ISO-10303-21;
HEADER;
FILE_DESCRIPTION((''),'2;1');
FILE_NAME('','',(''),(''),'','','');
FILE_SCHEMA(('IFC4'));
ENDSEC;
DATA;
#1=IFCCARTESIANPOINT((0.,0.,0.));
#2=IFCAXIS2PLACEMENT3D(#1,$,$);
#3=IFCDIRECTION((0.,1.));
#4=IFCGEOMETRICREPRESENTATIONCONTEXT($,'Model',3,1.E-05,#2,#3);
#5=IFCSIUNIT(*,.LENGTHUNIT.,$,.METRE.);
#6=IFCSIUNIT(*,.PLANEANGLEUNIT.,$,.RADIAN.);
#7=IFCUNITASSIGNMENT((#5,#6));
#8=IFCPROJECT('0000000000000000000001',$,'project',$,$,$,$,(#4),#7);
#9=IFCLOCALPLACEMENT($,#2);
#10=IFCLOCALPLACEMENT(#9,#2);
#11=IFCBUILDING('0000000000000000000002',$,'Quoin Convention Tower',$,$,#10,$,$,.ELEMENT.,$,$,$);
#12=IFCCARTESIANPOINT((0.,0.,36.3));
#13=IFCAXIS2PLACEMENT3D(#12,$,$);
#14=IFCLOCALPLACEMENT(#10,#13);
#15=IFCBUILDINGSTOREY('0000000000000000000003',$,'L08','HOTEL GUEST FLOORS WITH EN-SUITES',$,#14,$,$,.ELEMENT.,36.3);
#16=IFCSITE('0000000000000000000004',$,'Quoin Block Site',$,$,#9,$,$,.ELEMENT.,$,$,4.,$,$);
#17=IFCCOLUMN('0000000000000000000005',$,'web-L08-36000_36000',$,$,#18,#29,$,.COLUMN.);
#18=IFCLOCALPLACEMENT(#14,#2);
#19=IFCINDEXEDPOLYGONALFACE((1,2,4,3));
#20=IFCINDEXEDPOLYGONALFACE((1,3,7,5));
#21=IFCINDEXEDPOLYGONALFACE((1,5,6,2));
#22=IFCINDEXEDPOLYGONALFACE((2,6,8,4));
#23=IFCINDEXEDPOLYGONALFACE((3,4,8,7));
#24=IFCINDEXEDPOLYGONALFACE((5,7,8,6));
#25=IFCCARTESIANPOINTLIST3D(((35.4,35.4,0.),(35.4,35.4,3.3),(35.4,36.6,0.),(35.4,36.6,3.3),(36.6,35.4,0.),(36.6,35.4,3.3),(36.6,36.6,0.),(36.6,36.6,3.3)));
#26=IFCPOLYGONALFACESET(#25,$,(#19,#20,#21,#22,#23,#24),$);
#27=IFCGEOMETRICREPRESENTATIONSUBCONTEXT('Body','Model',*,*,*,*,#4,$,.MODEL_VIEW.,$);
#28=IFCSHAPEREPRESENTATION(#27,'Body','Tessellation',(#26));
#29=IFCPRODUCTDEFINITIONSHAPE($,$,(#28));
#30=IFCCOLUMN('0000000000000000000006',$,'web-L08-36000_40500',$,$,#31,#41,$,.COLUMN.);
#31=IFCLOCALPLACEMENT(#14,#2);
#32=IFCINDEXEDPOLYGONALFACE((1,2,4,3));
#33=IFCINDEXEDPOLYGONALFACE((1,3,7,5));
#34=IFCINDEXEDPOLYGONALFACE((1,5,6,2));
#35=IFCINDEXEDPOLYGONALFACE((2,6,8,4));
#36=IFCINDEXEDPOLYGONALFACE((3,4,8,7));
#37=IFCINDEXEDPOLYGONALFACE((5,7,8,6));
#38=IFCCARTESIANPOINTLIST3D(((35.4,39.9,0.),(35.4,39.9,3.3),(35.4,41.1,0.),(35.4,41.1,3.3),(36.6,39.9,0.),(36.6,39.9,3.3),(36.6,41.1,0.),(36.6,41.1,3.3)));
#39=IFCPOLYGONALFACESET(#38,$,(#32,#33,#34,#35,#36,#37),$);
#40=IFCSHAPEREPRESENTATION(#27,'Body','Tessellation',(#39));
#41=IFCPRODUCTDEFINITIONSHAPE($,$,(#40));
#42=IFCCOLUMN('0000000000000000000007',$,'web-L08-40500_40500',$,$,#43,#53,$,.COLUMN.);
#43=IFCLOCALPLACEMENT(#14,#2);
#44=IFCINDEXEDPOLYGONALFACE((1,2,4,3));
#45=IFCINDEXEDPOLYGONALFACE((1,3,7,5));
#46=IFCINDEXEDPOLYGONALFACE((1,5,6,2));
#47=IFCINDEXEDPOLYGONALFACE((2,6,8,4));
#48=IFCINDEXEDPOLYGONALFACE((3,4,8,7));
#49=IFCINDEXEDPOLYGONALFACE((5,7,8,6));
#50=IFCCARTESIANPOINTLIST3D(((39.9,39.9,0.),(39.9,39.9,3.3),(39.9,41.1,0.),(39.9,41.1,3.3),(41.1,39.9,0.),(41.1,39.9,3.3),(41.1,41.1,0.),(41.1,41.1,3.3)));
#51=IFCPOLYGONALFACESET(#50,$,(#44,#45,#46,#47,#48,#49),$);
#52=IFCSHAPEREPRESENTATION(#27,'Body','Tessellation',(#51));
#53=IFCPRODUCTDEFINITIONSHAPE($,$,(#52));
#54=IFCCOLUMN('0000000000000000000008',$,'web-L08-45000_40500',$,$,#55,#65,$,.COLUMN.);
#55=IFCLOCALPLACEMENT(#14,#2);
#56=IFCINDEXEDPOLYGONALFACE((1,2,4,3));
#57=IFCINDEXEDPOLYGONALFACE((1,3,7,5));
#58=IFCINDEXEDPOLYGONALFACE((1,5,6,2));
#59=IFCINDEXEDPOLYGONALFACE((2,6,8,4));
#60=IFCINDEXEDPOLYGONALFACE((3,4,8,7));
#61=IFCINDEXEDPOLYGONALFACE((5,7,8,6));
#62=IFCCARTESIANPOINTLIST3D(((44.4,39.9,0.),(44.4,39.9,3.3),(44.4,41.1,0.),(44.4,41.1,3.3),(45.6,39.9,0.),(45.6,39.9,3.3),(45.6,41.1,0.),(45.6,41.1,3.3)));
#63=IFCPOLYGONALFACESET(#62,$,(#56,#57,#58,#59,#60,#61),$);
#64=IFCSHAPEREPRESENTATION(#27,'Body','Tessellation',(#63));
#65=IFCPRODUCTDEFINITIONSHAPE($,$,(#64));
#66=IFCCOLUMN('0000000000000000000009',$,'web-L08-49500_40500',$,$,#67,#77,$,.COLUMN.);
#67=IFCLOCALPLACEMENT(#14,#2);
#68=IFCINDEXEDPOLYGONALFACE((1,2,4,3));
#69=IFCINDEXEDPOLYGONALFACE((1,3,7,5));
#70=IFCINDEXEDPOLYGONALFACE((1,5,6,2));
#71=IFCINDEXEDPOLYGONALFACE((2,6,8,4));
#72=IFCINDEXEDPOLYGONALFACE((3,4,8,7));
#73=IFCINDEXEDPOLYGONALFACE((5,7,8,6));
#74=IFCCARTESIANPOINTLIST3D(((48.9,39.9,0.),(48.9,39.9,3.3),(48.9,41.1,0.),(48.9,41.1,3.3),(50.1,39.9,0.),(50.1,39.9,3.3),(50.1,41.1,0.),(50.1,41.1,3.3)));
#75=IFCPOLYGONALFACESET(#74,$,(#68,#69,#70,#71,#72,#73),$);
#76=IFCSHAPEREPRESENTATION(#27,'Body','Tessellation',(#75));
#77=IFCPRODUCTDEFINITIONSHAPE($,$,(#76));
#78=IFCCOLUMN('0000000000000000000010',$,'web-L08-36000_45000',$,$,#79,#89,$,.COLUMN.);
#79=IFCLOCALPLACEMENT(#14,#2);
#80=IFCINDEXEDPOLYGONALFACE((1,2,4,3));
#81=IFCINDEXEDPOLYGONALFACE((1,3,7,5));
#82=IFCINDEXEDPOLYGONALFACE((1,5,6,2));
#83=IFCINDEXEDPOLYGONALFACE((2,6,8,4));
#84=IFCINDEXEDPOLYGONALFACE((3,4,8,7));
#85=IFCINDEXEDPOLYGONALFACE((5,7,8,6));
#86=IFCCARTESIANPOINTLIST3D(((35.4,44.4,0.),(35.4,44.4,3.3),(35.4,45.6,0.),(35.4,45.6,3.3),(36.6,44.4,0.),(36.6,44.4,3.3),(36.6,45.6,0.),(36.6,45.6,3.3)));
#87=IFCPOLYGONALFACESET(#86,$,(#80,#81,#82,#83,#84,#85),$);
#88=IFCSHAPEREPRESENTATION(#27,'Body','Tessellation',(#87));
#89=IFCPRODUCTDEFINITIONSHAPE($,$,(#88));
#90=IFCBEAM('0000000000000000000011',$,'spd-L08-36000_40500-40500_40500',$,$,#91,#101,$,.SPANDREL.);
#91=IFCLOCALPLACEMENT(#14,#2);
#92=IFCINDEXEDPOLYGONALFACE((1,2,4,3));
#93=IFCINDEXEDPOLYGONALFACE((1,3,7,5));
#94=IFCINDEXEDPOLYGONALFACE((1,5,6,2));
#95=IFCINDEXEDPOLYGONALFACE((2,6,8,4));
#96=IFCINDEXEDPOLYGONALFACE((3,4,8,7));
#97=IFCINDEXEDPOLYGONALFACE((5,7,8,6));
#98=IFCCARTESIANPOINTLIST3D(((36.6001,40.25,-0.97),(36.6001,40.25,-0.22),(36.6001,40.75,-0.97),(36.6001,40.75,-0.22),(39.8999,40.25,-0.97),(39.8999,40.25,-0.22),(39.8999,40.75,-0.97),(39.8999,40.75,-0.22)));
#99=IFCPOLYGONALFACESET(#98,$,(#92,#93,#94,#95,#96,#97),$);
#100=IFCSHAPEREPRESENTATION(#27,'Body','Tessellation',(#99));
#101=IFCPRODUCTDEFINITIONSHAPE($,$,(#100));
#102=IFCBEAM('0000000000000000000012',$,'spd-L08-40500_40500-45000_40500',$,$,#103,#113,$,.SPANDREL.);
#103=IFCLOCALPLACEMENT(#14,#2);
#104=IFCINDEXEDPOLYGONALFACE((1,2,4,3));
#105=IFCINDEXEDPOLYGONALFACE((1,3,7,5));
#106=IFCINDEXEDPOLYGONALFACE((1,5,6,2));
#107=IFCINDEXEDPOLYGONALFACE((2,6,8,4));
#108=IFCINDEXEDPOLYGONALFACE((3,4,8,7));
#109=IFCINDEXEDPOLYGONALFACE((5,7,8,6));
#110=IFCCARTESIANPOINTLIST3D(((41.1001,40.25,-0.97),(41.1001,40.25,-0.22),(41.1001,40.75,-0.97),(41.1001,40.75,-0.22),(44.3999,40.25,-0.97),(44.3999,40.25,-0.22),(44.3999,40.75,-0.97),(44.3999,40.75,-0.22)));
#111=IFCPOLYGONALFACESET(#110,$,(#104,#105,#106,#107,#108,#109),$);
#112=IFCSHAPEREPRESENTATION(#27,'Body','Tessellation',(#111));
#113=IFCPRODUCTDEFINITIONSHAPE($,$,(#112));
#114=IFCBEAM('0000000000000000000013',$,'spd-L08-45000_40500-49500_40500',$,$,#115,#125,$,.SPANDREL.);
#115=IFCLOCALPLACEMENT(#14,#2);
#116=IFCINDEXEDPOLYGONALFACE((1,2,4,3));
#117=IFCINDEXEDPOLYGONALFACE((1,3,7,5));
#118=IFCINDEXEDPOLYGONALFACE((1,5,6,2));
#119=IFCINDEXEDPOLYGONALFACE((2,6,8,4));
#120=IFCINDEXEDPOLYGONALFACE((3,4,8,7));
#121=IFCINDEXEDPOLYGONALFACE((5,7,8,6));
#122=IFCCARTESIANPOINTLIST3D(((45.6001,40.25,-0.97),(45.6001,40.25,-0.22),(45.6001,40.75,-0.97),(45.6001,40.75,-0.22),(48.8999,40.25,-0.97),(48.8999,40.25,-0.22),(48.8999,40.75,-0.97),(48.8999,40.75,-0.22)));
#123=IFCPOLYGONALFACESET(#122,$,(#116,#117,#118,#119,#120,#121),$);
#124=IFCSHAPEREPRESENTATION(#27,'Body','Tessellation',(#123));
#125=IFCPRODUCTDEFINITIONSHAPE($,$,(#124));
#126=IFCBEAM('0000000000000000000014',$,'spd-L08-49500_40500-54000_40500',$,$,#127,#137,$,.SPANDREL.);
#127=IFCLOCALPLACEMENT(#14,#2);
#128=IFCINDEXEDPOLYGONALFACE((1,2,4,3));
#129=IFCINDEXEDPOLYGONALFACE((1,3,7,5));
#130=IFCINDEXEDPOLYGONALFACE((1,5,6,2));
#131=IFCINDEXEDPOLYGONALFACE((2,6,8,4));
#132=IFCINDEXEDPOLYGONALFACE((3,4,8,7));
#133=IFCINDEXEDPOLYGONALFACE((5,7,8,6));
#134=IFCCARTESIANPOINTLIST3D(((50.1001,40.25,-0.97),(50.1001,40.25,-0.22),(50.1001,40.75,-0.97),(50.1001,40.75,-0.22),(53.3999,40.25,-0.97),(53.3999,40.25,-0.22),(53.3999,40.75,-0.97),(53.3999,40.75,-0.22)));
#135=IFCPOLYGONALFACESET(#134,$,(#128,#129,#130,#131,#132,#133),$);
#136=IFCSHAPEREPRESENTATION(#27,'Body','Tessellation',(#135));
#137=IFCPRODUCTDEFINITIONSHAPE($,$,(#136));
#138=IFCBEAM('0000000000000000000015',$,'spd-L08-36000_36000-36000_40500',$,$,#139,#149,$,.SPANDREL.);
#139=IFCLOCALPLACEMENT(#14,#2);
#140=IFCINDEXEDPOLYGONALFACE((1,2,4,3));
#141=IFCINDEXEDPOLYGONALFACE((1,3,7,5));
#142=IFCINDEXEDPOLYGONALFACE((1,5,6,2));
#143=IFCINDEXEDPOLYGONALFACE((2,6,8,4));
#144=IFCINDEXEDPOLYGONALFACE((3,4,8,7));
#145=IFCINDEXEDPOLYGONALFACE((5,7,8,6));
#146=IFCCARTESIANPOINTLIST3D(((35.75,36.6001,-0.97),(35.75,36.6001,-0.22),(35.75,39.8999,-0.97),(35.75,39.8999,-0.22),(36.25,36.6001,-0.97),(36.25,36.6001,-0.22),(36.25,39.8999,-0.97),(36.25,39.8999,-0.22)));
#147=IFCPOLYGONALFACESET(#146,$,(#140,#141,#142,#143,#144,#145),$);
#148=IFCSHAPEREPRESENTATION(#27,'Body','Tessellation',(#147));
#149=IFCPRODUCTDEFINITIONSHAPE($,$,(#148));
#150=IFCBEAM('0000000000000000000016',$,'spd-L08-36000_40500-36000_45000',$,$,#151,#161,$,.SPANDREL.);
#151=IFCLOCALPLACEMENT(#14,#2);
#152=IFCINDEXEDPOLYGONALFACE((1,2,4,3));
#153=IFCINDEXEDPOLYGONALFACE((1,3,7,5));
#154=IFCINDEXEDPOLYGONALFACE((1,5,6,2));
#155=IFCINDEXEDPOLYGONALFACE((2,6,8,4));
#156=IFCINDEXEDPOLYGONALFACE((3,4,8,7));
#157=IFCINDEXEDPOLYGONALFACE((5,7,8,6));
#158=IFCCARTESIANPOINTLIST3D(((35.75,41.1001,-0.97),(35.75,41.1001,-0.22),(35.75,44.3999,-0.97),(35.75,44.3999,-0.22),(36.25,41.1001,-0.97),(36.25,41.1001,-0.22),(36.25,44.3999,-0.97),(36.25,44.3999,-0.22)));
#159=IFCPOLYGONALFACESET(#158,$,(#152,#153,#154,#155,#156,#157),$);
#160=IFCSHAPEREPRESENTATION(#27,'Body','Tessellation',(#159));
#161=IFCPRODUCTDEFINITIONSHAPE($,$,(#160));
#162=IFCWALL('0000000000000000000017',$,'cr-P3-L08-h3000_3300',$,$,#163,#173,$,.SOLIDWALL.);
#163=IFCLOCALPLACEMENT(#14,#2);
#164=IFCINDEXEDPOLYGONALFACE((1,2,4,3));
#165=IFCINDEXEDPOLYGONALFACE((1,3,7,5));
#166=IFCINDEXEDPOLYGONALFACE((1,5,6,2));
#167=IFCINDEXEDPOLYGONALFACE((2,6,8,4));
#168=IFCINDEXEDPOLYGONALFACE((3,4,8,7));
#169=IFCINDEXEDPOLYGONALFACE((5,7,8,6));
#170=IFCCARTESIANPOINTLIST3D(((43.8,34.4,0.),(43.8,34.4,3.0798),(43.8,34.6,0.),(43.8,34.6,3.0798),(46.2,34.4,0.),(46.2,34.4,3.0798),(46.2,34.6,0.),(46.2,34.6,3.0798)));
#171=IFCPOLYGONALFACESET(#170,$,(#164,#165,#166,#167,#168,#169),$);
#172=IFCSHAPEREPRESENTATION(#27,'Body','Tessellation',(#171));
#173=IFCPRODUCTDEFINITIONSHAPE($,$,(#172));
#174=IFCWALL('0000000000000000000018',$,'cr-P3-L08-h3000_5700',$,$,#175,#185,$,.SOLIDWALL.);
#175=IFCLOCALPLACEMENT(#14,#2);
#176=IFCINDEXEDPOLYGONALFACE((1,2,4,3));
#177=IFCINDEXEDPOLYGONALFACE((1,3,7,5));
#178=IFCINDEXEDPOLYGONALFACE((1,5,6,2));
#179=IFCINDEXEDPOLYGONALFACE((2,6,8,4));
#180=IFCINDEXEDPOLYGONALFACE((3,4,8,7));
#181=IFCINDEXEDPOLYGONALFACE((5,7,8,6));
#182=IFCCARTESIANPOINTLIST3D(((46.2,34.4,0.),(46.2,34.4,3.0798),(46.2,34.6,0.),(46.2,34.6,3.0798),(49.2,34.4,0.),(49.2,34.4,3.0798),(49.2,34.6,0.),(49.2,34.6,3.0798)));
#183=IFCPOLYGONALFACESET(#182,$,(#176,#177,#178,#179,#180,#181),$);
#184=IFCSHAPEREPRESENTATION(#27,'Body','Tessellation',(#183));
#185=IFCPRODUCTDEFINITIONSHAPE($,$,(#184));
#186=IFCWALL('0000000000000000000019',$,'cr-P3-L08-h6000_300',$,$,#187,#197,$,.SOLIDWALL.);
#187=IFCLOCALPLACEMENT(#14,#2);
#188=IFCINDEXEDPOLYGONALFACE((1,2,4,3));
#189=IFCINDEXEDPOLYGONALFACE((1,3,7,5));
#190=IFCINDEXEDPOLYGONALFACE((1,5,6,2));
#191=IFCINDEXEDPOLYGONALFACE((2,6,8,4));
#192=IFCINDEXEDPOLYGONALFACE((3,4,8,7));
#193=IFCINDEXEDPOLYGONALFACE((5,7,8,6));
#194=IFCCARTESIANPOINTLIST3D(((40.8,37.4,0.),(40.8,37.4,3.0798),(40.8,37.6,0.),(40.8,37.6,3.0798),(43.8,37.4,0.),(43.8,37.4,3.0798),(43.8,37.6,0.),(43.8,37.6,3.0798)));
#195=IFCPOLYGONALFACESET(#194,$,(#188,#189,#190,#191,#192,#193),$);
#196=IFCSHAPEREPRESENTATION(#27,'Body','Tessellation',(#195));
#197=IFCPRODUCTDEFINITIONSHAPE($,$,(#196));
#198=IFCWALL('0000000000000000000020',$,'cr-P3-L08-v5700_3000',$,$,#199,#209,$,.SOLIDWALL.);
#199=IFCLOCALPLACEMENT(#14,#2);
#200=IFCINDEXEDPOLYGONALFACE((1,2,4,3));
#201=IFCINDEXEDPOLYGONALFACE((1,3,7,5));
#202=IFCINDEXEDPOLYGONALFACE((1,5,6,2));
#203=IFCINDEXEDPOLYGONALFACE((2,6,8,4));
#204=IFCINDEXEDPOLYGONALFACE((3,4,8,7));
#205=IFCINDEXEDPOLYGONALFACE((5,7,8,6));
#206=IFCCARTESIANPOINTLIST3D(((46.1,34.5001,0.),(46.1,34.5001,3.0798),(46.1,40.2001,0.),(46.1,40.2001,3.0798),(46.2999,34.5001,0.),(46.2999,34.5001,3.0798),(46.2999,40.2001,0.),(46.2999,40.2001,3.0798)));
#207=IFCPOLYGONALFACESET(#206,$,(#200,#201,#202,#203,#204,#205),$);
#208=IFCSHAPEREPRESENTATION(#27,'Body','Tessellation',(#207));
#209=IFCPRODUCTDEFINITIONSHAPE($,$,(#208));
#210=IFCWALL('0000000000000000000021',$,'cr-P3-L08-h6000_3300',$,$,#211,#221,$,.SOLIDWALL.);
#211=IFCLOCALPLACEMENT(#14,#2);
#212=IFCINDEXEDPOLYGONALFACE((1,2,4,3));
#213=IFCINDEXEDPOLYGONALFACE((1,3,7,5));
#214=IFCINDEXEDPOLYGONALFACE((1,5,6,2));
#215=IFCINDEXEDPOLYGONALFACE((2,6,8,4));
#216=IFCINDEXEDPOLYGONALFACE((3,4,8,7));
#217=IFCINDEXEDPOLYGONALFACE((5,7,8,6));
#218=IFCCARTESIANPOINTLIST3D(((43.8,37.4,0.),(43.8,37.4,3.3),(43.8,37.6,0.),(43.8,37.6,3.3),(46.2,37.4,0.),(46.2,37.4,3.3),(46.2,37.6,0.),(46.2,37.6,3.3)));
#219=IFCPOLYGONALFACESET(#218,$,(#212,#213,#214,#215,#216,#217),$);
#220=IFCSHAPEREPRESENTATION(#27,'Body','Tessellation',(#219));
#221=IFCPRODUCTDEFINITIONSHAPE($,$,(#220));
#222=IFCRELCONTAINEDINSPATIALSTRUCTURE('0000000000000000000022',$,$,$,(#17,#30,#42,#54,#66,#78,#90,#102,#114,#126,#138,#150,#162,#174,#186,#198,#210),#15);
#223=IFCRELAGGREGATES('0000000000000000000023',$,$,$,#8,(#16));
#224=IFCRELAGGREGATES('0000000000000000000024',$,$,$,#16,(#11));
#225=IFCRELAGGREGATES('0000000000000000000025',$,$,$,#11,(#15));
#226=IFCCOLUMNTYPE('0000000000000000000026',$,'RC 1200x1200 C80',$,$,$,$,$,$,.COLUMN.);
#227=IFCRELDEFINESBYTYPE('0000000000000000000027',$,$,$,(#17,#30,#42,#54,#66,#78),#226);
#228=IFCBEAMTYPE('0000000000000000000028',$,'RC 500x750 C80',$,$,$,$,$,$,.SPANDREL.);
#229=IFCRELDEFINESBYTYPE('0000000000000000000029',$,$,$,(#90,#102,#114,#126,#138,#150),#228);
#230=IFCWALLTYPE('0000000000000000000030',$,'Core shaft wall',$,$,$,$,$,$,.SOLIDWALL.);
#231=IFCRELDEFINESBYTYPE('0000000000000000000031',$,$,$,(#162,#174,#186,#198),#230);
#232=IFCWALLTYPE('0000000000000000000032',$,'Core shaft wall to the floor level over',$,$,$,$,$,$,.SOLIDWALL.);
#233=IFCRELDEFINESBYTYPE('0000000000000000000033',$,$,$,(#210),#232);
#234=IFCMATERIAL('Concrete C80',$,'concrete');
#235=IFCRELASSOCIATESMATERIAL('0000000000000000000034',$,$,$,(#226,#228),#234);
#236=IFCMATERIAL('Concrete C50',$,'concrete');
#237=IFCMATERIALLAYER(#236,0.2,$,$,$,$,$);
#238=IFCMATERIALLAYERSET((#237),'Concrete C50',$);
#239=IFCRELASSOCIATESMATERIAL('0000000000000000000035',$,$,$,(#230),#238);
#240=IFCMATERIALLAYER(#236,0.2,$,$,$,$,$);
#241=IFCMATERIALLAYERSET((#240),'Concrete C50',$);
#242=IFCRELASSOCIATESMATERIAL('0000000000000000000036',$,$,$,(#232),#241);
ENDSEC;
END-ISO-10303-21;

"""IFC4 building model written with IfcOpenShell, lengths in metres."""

from ifc_helpers import new_model, si_unit, direction, frame, frame_2d, origin, origin_2d, place, context, subcontext, project, spatial, rectangle, extrude, material, layer, layer_set, material_profile, profile_set, type_object, element, save


model = new_model("IFC4")

# Units and contexts
model_context = context("Model", 3, precision=1e-05, world=origin(), true_north=direction((0.0, 1.0)))
body_context = subcontext(model_context, "Body", "Model", "MODEL_VIEW")
ifc_project = project(units=[si_unit("LENGTHUNIT", "METRE"), si_unit("PLANEANGLEUNIT", "RADIAN")], contexts=[model_context])

# Site, building, storey
site_placement = place(None, origin())
site = spatial("IfcSite", under=ifc_project, at=site_placement, Name="Quoin Block Site", CompositionType="ELEMENT", RefElevation=4.0)
building_placement = place(site_placement, origin())
building = spatial("IfcBuilding", under=site, at=building_placement, Name="Quoin Convention Tower", CompositionType="ELEMENT")
storey_placement = place(building_placement, frame((0.0, 0.0, 36.3)))
storey = spatial("IfcBuildingStorey", under=building, at=storey_placement, Name="L08", Description="HOTEL GUEST FLOORS WITH EN-SUITES", CompositionType="ELEMENT", Elevation=36.3)

# Columns
ifc_material_1 = material(Name="Concrete C80", Category="concrete")
ifc_material_profile_1 = material_profile(ifc_material_1, rectangle(XDim=1.2, YDim=1.2, at=origin_2d()), Name="RC 1200x1200")
ifc_profile_set_1 = profile_set([ifc_material_profile_1], Name="Concrete C80")
column_type = type_object("IfcColumnType", Name="RC 1200x1200 C80", PredefinedType="COLUMN", material=ifc_profile_set_1)
for number, where, z_axis, x_axis, name in (
    (1, (36.0, 36.0, 0.0), (0.0, 0.0, 1.0), (1.0, 0.0, 0.0), "web-L08-36000_36000"),
    (2, (36.0, 40.5, 0.0), (0.0, 0.0, 1.0), (1.0, 0.0, 0.0), "web-L08-36000_40500"),
    (3, (40.5, 40.5, 0.0), (0.0, 0.0, 1.0), (1.0, 0.0, 0.0), "web-L08-40500_40500"),
    (4, (45.0, 40.5, 0.0), (0.0, 0.0, 1.0), (1.0, 0.0, 0.0), "web-L08-45000_40500"),
    (5, (49.5, 40.5, 0.0), (0.0, 0.0, 1.0), (1.0, 0.0, 0.0), "web-L08-49500_40500"),
    (6, (36.0, 45.0, 0.0), (0.0, 0.0, 1.0), (1.0, 0.0, 0.0), "web-L08-36000_45000"),
):
    element("IfcColumn", number, at=place(storey_placement, frame(where, z_axis=z_axis, x_axis=x_axis)), inside=storey, type_object=column_type, Name=name, PredefinedType="COLUMN", context=body_context, shape_type="SweptSolid", body=[
        extrude(rectangle(XDim=1.2, YDim=1.2, at=origin_2d()), origin(), (0.0, 0.0, 1.0), 3.3),
    ])

# Beams
ifc_material_profile_2 = material_profile(ifc_material_1, rectangle(XDim=0.5, YDim=0.75, at=origin_2d()), Name="RC 500x750")
ifc_profile_set_2 = profile_set([ifc_material_profile_2], Name="Concrete C80")
beam_type = type_object("IfcBeamType", Name="RC 500x750 C80", PredefinedType="SPANDREL", material=ifc_profile_set_2)
for number, where, z_axis, x_axis, name in (
    (7, (36.6001, 40.5, -0.595), (1.0, 0.0, 0.0), (0.0, 1.0, 0.0), "spd-L08-36000_40500-40500_40500"),
    (8, (41.1001, 40.5, -0.595), (1.0, 0.0, 0.0), (0.0, 1.0, 0.0), "spd-L08-40500_40500-45000_40500"),
    (9, (45.6001, 40.5, -0.595), (1.0, 0.0, 0.0), (0.0, 1.0, 0.0), "spd-L08-45000_40500-49500_40500"),
    (10, (50.1001, 40.5, -0.595), (1.0, 0.0, 0.0), (0.0, 1.0, 0.0), "spd-L08-49500_40500-54000_40500"),
    (11, (36.0, 36.6001, -0.595), (0.0, 1.0, 0.0), (-1.0, 0.0, 0.0), "spd-L08-36000_36000-36000_40500"),
    (12, (36.0, 41.1001, -0.595), (0.0, 1.0, 0.0), (-1.0, 0.0, 0.0), "spd-L08-36000_40500-36000_45000"),
):
    element("IfcBeam", number, at=place(storey_placement, frame(where, z_axis=z_axis, x_axis=x_axis)), inside=storey, type_object=beam_type, Name=name, PredefinedType="SPANDREL", context=body_context, shape_type="SweptSolid", body=[
        extrude(rectangle(XDim=0.5, YDim=0.75, at=origin_2d()), origin(), (0.0, 0.0, 1.0), 3.2998),
    ])

# Walls
ifc_material_2 = material(Name="Concrete C50", Category="concrete")
ifc_layer_1 = layer(ifc_material_2, 0.2)
ifc_layer_set_1 = layer_set([ifc_layer_1], Name="Concrete C50")
wall_type_1 = type_object("IfcWallType", Name="Core shaft wall", PredefinedType="SOLIDWALL", material=ifc_layer_set_1)
wall_1_placement = place(storey_placement, frame((43.8, 34.5, 0.0), z_axis=(0.0, 0.0, 1.0), x_axis=(1.0, 0.0, 0.0)))
element("IfcWall", 13, at=wall_1_placement, inside=storey, type_object=wall_type_1, Name="cr-P3-L08-h3000_3300", PredefinedType="SOLIDWALL", context=body_context, shape_type="SweptSolid", body=[
    extrude(rectangle(XDim=2.3999, YDim=0.2, at=frame_2d((1.2, 0.0))), origin(), (0.0, 0.0, 1.0), 3.0798),
])
for number, where, z_axis, x_axis, name in (
    (14, (46.2, 34.5, 0.0), (0.0, 0.0, 1.0), (1.0, 0.0, 0.0), "cr-P3-L08-h3000_5700"),
    (15, (40.8, 37.5, 0.0), (0.0, 0.0, 1.0), (1.0, 0.0, 0.0), "cr-P3-L08-h6000_300"),
):
    element("IfcWall", number, at=place(storey_placement, frame(where, z_axis=z_axis, x_axis=x_axis)), inside=storey, type_object=wall_type_1, Name=name, PredefinedType="SOLIDWALL", context=body_context, shape_type="SweptSolid", body=[
        extrude(rectangle(XDim=3.0, YDim=0.2, at=frame_2d((1.5, 0.0))), origin(), (0.0, 0.0, 1.0), 3.0798),
    ])
wall_2_placement = place(storey_placement, frame((46.2, 34.5, 0.0), z_axis=(0.0, 0.0, 1.0), x_axis=(0.0, 1.0, 0.0)))
element("IfcWall", 16, at=wall_2_placement, inside=storey, type_object=wall_type_1, Name="cr-P3-L08-v5700_3000", PredefinedType="SOLIDWALL", context=body_context, shape_type="SweptSolid", body=[
    extrude(rectangle(XDim=5.7, YDim=0.2, at=frame_2d((2.8501, 0.0))), origin(), (0.0, 0.0, 1.0), 3.0798),
])
ifc_layer_2 = layer(ifc_material_2, 0.2)
ifc_layer_set_2 = layer_set([ifc_layer_2], Name="Concrete C50")
wall_type_2 = type_object("IfcWallType", Name="Core shaft wall to the floor level over", PredefinedType="SOLIDWALL", material=ifc_layer_set_2)
wall_3_placement = place(storey_placement, frame((43.8, 37.5, 0.0), z_axis=(0.0, 0.0, 1.0), x_axis=(1.0, 0.0, 0.0)))
element("IfcWall", 17, at=wall_3_placement, inside=storey, type_object=wall_type_2, Name="cr-P3-L08-h6000_3300", PredefinedType="SOLIDWALL", context=body_context, shape_type="SweptSolid", body=[
    extrude(rectangle(XDim=2.3999, YDim=0.2, at=frame_2d((1.2, 0.0))), origin(), (0.0, 0.0, 1.0), 3.3),
])

save(model, "model.ifc")
